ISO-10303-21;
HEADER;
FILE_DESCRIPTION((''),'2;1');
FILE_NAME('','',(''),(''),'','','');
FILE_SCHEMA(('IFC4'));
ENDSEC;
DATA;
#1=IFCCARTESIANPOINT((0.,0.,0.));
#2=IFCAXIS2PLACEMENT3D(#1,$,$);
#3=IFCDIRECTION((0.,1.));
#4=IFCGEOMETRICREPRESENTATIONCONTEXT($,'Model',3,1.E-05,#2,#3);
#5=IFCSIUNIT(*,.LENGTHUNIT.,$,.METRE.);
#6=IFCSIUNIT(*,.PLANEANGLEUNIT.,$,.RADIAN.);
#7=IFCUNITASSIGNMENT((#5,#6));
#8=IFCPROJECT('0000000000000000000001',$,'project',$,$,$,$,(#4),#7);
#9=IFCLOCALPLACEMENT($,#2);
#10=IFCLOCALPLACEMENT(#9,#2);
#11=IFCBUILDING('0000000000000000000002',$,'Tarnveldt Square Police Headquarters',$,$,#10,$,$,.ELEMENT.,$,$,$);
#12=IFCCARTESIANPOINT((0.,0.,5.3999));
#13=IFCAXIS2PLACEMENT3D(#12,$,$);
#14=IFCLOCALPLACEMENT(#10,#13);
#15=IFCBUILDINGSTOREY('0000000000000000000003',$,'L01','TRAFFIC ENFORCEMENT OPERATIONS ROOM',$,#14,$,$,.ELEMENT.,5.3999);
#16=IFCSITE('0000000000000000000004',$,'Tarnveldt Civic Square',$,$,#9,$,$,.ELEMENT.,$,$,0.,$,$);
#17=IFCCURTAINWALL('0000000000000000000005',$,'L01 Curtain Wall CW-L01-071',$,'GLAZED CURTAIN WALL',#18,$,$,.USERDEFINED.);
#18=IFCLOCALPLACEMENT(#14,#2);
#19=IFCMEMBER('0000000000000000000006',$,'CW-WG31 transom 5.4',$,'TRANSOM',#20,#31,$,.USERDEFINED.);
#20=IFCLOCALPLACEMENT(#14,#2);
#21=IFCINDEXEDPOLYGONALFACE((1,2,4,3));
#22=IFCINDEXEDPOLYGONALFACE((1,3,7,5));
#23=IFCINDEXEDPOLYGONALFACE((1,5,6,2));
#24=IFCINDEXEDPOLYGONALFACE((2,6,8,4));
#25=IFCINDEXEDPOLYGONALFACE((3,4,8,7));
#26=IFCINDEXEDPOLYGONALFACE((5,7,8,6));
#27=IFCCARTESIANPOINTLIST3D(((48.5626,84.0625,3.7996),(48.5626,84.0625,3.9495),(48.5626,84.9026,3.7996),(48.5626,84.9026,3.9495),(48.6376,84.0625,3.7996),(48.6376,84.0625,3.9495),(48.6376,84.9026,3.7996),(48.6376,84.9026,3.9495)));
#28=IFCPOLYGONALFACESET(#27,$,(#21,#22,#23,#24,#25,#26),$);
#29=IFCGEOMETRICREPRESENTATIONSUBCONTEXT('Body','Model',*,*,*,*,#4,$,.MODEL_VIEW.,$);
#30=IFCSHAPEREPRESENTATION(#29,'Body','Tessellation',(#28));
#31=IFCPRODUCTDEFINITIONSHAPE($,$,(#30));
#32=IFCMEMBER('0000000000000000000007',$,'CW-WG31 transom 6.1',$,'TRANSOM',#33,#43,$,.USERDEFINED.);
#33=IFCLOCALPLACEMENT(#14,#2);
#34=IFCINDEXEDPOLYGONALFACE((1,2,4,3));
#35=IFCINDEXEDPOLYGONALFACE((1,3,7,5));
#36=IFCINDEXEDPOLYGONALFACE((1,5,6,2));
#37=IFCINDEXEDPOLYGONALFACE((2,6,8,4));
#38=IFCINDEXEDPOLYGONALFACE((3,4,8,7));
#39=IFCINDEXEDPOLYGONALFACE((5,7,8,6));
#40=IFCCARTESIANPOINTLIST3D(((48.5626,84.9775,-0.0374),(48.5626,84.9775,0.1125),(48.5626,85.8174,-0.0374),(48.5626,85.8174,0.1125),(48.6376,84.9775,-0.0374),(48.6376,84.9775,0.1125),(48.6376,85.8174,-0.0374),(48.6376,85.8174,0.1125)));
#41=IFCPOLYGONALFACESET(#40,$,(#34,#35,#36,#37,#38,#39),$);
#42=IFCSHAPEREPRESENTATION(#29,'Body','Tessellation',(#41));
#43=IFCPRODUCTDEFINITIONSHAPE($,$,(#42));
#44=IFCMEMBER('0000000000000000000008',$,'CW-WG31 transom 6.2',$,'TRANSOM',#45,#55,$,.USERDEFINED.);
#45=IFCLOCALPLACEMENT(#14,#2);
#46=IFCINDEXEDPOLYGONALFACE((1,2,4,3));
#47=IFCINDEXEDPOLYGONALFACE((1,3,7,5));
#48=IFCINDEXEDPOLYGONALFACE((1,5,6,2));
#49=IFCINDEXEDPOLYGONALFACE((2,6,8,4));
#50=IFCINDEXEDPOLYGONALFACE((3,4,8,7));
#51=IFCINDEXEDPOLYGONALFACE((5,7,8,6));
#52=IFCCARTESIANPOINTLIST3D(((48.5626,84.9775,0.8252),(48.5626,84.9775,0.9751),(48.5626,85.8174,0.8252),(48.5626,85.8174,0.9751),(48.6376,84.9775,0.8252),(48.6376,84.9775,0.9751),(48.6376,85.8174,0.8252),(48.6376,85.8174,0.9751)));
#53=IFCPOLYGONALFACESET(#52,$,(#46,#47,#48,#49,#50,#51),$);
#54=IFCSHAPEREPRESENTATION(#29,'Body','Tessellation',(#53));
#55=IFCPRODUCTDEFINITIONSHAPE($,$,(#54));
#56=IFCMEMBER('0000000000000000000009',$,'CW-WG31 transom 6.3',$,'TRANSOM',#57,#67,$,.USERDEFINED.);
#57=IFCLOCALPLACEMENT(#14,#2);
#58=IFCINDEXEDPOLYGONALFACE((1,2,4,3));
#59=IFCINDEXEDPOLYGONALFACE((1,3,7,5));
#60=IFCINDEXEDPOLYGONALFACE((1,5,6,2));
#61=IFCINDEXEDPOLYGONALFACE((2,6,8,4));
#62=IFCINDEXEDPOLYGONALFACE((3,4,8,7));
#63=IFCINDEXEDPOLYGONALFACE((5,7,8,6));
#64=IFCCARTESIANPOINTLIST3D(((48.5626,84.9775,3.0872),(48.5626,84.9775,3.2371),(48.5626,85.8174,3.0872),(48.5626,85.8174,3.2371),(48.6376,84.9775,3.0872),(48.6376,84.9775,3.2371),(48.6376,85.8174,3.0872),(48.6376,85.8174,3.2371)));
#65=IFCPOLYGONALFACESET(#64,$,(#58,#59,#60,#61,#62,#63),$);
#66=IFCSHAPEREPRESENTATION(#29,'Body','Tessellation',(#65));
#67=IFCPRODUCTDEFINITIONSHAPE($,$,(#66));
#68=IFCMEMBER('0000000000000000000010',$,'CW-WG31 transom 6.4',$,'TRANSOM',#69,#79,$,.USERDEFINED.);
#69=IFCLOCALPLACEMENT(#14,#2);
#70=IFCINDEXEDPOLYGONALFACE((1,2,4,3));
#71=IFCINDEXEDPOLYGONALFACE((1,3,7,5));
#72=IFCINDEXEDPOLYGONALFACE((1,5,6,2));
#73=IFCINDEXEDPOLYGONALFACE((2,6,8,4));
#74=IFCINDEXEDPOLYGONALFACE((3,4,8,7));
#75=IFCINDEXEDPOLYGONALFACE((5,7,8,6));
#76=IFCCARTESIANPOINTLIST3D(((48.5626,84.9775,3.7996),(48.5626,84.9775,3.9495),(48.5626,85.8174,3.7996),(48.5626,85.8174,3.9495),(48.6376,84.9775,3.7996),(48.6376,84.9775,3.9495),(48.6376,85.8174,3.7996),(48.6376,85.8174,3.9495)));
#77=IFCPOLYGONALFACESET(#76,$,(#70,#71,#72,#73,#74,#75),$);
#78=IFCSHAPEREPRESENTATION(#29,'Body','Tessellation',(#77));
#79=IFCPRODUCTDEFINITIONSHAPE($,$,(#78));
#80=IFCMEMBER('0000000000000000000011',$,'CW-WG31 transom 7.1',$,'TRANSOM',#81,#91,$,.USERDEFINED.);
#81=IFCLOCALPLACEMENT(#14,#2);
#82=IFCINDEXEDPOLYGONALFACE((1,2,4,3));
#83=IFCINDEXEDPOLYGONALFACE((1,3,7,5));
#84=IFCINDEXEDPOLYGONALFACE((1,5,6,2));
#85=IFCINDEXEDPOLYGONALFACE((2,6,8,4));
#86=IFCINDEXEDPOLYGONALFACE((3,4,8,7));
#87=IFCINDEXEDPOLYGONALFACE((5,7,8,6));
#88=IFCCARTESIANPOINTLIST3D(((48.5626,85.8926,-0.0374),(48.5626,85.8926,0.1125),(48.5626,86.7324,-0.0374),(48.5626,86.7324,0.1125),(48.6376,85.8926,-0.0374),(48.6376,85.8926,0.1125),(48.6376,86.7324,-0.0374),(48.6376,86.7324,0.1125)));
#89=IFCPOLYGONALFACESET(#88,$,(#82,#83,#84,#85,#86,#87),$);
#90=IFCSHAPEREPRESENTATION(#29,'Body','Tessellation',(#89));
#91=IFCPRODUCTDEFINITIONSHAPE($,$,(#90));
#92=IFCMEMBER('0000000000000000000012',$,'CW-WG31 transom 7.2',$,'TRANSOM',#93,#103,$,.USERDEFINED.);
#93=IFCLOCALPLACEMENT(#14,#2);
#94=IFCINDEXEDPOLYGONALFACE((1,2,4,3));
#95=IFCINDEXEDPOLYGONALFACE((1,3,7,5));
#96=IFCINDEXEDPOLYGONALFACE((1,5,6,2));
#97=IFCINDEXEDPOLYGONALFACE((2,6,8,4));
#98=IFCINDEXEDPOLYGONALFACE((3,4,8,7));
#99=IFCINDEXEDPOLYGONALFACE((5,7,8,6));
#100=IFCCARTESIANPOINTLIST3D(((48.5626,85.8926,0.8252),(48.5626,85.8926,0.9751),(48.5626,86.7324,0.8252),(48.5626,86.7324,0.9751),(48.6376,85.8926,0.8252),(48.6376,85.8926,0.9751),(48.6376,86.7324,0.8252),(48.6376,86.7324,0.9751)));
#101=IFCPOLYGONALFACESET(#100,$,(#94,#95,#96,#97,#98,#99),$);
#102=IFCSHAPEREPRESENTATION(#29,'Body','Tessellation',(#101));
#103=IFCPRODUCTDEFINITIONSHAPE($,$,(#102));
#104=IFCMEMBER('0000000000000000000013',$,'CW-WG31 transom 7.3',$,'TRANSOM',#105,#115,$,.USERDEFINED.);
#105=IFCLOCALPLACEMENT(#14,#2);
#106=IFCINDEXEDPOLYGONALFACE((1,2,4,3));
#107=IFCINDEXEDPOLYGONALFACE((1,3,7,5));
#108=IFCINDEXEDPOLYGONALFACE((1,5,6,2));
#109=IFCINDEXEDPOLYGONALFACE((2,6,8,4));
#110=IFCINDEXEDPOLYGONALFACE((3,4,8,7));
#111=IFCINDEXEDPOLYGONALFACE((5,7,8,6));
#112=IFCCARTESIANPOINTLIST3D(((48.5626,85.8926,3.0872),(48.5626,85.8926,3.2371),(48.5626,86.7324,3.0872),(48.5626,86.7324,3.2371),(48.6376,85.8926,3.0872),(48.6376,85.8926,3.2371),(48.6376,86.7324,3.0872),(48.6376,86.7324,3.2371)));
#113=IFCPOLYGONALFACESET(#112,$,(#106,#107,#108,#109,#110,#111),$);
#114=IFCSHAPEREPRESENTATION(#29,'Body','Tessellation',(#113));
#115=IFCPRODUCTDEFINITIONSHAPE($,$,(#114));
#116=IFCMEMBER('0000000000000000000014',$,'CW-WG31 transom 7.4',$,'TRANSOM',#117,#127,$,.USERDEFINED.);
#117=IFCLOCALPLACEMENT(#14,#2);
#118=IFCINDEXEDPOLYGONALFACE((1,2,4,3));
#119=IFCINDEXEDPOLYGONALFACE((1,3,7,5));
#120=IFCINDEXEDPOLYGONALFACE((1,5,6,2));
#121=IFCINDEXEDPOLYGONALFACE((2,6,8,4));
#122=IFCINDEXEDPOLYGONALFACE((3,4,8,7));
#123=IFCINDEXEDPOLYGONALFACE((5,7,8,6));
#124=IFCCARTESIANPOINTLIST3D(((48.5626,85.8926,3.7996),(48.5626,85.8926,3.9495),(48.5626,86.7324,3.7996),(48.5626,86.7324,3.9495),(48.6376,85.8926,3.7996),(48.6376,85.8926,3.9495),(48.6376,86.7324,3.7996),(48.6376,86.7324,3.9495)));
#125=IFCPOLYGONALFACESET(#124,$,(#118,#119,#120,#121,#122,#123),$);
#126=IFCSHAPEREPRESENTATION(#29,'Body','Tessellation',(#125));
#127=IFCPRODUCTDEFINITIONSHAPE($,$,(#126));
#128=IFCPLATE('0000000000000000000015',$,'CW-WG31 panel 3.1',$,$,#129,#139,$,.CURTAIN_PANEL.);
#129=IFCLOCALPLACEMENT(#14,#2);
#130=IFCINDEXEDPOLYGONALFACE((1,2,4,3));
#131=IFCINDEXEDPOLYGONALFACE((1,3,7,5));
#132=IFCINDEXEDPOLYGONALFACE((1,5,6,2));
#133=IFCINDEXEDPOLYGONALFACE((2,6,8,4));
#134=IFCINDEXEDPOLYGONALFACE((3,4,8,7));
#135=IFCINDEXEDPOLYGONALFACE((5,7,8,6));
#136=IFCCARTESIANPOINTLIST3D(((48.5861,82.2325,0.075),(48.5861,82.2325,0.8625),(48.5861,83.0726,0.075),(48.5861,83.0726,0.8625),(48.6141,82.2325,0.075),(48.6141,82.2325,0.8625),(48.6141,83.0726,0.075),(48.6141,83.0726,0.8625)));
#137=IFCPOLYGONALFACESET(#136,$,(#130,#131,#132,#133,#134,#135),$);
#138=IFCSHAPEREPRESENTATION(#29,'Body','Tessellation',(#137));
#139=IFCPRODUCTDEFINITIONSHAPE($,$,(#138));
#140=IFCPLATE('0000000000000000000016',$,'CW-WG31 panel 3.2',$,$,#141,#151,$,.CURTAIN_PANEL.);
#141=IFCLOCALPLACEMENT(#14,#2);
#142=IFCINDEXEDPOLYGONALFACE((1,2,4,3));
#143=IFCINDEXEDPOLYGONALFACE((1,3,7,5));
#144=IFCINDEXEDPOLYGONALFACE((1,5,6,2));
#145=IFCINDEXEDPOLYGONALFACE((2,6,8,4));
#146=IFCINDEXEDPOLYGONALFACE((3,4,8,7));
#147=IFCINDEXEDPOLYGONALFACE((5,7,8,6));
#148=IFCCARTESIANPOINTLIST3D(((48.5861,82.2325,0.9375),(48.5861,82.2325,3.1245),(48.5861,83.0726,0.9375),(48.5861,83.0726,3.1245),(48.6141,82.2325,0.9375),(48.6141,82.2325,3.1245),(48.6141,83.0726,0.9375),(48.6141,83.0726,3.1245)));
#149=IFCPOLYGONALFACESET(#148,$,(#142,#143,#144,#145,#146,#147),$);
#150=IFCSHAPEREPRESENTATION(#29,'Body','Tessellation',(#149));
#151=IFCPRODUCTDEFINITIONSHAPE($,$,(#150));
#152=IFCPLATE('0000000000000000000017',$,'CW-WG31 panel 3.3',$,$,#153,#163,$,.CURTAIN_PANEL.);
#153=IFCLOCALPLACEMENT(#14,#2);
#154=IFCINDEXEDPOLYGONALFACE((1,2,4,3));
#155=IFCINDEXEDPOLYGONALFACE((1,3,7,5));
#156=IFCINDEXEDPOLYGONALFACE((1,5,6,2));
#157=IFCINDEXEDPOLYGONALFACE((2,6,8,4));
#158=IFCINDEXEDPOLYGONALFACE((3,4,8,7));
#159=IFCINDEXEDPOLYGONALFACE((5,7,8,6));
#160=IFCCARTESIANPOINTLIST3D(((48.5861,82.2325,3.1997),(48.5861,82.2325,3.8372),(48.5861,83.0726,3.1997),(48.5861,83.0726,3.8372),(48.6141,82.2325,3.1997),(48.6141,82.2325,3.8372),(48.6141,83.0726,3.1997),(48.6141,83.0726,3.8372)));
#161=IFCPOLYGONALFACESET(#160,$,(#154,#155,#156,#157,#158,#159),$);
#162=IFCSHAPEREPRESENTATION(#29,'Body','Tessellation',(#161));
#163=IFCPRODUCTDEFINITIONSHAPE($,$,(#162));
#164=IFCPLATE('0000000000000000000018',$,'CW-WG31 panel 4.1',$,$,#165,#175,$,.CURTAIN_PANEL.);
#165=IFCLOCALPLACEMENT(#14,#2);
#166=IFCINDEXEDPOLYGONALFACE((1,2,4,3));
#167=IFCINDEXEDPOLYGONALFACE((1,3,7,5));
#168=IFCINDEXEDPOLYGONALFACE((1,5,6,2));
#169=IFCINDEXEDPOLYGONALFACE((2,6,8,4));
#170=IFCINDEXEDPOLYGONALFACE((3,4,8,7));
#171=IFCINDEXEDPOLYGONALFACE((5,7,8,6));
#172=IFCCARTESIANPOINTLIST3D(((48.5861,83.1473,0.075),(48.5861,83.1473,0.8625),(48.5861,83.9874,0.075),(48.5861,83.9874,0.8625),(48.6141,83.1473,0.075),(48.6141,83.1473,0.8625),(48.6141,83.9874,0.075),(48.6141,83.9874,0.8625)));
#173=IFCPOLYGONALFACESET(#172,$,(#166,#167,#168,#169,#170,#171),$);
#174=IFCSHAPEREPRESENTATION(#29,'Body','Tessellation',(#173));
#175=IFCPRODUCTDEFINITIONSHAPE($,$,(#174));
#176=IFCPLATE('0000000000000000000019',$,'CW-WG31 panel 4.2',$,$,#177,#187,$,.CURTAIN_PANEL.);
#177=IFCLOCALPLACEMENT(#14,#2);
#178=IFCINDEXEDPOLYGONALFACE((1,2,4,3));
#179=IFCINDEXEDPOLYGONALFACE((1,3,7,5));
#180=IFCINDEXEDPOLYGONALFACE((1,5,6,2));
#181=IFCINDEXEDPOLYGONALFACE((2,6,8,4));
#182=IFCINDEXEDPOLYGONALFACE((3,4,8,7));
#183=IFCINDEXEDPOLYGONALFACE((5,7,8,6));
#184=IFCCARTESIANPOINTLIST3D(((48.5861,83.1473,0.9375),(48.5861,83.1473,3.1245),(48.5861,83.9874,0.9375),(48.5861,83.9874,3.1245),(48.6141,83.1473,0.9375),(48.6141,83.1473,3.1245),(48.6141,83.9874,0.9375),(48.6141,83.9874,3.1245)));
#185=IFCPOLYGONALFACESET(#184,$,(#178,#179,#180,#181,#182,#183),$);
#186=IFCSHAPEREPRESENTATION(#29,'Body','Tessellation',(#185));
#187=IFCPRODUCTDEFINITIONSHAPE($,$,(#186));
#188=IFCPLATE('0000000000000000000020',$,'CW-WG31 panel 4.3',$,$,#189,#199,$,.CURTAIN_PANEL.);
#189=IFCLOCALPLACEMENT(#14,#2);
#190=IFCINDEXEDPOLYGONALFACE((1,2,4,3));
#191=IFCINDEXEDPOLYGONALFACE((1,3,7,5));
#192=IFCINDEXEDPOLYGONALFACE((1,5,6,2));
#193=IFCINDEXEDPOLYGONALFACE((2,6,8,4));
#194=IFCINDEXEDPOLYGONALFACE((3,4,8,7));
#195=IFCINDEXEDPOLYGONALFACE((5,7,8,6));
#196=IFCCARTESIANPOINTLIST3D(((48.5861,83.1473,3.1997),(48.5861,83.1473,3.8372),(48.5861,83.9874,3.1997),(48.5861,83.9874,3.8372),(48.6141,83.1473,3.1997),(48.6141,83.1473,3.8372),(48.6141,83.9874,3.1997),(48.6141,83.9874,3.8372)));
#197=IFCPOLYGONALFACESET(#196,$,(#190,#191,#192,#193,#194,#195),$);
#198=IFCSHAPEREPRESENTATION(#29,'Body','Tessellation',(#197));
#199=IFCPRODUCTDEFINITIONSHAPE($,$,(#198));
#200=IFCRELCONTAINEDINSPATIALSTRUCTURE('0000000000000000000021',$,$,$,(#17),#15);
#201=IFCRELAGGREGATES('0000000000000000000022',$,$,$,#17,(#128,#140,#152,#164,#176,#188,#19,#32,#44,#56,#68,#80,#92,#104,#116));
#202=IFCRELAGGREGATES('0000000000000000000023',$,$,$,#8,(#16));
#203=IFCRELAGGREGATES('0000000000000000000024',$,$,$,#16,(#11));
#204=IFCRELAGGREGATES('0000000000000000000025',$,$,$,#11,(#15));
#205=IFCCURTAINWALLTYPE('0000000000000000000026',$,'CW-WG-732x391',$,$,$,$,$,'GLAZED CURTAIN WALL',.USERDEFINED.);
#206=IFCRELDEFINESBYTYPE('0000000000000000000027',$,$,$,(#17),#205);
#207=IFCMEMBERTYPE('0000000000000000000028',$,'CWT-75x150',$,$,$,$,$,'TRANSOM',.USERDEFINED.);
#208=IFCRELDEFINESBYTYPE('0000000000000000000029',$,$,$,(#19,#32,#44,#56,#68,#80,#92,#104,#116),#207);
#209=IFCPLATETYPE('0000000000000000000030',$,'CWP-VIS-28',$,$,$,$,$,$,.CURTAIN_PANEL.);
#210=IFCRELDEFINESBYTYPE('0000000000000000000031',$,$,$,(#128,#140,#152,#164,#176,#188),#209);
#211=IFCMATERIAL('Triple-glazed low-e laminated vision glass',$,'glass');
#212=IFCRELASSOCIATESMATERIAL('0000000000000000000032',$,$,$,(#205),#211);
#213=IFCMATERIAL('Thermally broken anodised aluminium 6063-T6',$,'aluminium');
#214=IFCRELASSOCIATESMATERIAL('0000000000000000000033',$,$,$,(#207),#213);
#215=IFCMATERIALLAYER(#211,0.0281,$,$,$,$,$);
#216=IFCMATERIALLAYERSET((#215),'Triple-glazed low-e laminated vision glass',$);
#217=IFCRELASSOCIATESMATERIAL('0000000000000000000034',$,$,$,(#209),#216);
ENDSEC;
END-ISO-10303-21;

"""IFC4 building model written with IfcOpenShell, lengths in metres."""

from ifc_helpers import new_model, si_unit, direction, frame, origin, origin_2d, place, context, subcontext, project, spatial, rectangle, extrude, material, layer, layer_set, material_profile, profile_set, type_object, element, aggregate, save


model = new_model("IFC4")

# Units and contexts
model_context = context("Model", 3, precision=1e-05, world=origin(), true_north=direction((0.0, 1.0)))
body_context = subcontext(model_context, "Body", "Model", "MODEL_VIEW")
ifc_project = project(units=[si_unit("LENGTHUNIT", "METRE"), si_unit("PLANEANGLEUNIT", "RADIAN")], contexts=[model_context])

# Site, building, storey
site_placement = place(None, origin())
site = spatial("IfcSite", under=ifc_project, at=site_placement, Name="Tarnveldt Civic Square", CompositionType="ELEMENT", RefElevation=0.0)
building_placement = place(site_placement, origin())
building = spatial("IfcBuilding", under=site, at=building_placement, Name="Tarnveldt Square Police Headquarters", CompositionType="ELEMENT")
storey_placement = place(building_placement, frame((0.0, 0.0, 5.3999)))
storey = spatial("IfcBuildingStorey", under=building, at=storey_placement, Name="L01", Description="TRAFFIC ENFORCEMENT OPERATIONS ROOM", CompositionType="ELEMENT", Elevation=5.3999)

# Curtain wall, members, plates
ifc_material_1 = material(Name="Triple-glazed low-e laminated vision glass", Category="glass")
curtain_wall_type = type_object("IfcCurtainWallType", Name="CW-WG-732x391", ElementType="GLAZED CURTAIN WALL", PredefinedType="USERDEFINED", material=ifc_material_1)
curtain_wall_placement = place(storey_placement, origin())
curtain_wall = element("IfcCurtainWall", 1, at=curtain_wall_placement, inside=storey, type_object=curtain_wall_type, Name="L01 Curtain Wall CW-L01-071", ObjectType="GLAZED CURTAIN WALL", PredefinedType="USERDEFINED")
ifc_material_2 = material(Name="Thermally broken anodised aluminium 6063-T6", Category="aluminium")
ifc_material_profile_1 = material_profile(ifc_material_2, rectangle(XDim=0.075, YDim=0.1499, at=origin_2d()), Name="CW-T75x150")
ifc_profile_set_1 = profile_set([ifc_material_profile_1], Name="Thermally broken anodised aluminium 6063-T6")
member_type_1 = type_object("IfcMemberType", Name="CWT-75x150", ElementType="TRANSOM", PredefinedType="USERDEFINED", material=ifc_profile_set_1)
member_1_placement = place(storey_placement, frame((48.6001, 84.0625, 3.8745), z_axis=(0.0, 1.0, 0.0), x_axis=(-1.0, 0.0, 0.0)))
member_1 = element("IfcMember", 2, at=member_1_placement, type_object=member_type_1, Name="CW-WG31 transom 5.4", ObjectType="TRANSOM", PredefinedType="USERDEFINED", context=body_context, shape_type="SweptSolid", body=[
    extrude(rectangle(XDim=0.075, YDim=0.1499, at=origin_2d()), origin(), (0.0, 0.0, 1.0), 0.8401),
])
member_2_placement = place(storey_placement, frame((48.6001, 84.9775, 0.0376), z_axis=(0.0, 1.0, 0.0), x_axis=(-1.0, 0.0, 0.0)))
member_2 = element("IfcMember", 3, at=member_2_placement, type_object=member_type_1, Name="CW-WG31 transom 6.1", ObjectType="TRANSOM", PredefinedType="USERDEFINED", context=body_context, shape_type="SweptSolid", body=[
    extrude(rectangle(XDim=0.075, YDim=0.1499, at=origin_2d()), origin(), (0.0, 0.0, 1.0), 0.8398),
])
member_3_placement = place(storey_placement, frame((48.6001, 84.9775, 0.9001), z_axis=(0.0, 1.0, 0.0), x_axis=(-1.0, 0.0, 0.0)))
member_3 = element("IfcMember", 4, at=member_3_placement, type_object=member_type_1, Name="CW-WG31 transom 6.2", ObjectType="TRANSOM", PredefinedType="USERDEFINED", context=body_context, shape_type="SweptSolid", body=[
    extrude(rectangle(XDim=0.075, YDim=0.1499, at=origin_2d()), origin(), (0.0, 0.0, 1.0), 0.8398),
])
member_4_placement = place(storey_placement, frame((48.6001, 84.9775, 3.1621), z_axis=(0.0, 1.0, 0.0), x_axis=(-1.0, 0.0, 0.0)))
member_4 = element("IfcMember", 5, at=member_4_placement, type_object=member_type_1, Name="CW-WG31 transom 6.3", ObjectType="TRANSOM", PredefinedType="USERDEFINED", context=body_context, shape_type="SweptSolid", body=[
    extrude(rectangle(XDim=0.075, YDim=0.1499, at=origin_2d()), origin(), (0.0, 0.0, 1.0), 0.8398),
])
member_5_placement = place(storey_placement, frame((48.6001, 84.9775, 3.8745), z_axis=(0.0, 1.0, 0.0), x_axis=(-1.0, 0.0, 0.0)))
member_5 = element("IfcMember", 6, at=member_5_placement, type_object=member_type_1, Name="CW-WG31 transom 6.4", ObjectType="TRANSOM", PredefinedType="USERDEFINED", context=body_context, shape_type="SweptSolid", body=[
    extrude(rectangle(XDim=0.075, YDim=0.1499, at=origin_2d()), origin(), (0.0, 0.0, 1.0), 0.8398),
])
member_6_placement = place(storey_placement, frame((48.6001, 85.8926, 0.0376), z_axis=(0.0, 1.0, 0.0), x_axis=(-1.0, 0.0, 0.0)))
member_6 = element("IfcMember", 7, at=member_6_placement, type_object=member_type_1, Name="CW-WG31 transom 7.1", ObjectType="TRANSOM", PredefinedType="USERDEFINED", context=body_context, shape_type="SweptSolid", body=[
    extrude(rectangle(XDim=0.075, YDim=0.1499, at=origin_2d()), origin(), (0.0, 0.0, 1.0), 0.8398),
])
member_7_placement = place(storey_placement, frame((48.6001, 85.8926, 0.9001), z_axis=(0.0, 1.0, 0.0), x_axis=(-1.0, 0.0, 0.0)))
member_7 = element("IfcMember", 8, at=member_7_placement, type_object=member_type_1, Name="CW-WG31 transom 7.2", ObjectType="TRANSOM", PredefinedType="USERDEFINED", context=body_context, shape_type="SweptSolid", body=[
    extrude(rectangle(XDim=0.075, YDim=0.1499, at=origin_2d()), origin(), (0.0, 0.0, 1.0), 0.8398),
])
member_8_placement = place(storey_placement, frame((48.6001, 85.8926, 3.1621), z_axis=(0.0, 1.0, 0.0), x_axis=(-1.0, 0.0, 0.0)))
member_8 = element("IfcMember", 9, at=member_8_placement, type_object=member_type_1, Name="CW-WG31 transom 7.3", ObjectType="TRANSOM", PredefinedType="USERDEFINED", context=body_context, shape_type="SweptSolid", body=[
    extrude(rectangle(XDim=0.075, YDim=0.1499, at=origin_2d()), origin(), (0.0, 0.0, 1.0), 0.8398),
])
member_9_placement = place(storey_placement, frame((48.6001, 85.8926, 3.8745), z_axis=(0.0, 1.0, 0.0), x_axis=(-1.0, 0.0, 0.0)))
member_9 = element("IfcMember", 10, at=member_9_placement, type_object=member_type_1, Name="CW-WG31 transom 7.4", ObjectType="TRANSOM", PredefinedType="USERDEFINED", context=body_context, shape_type="SweptSolid", body=[
    extrude(rectangle(XDim=0.075, YDim=0.1499, at=origin_2d()), origin(), (0.0, 0.0, 1.0), 0.8398),
])
ifc_layer = layer(ifc_material_1, 0.0281)
ifc_layer_set = layer_set([ifc_layer], Name="Triple-glazed low-e laminated vision glass")
plate_type = type_object("IfcPlateType", Name="CWP-VIS-28", PredefinedType="CURTAIN_PANEL", material=ifc_layer_set)
plate_1_placement = place(storey_placement, frame((48.6001, 82.6526, 0.075), z_axis=(0.0, 0.0, 1.0), x_axis=(0.0, 1.0, 0.0)))
plate_1 = element("IfcPlate", 11, at=plate_1_placement, type_object=plate_type, Name="CW-WG31 panel 3.1", PredefinedType="CURTAIN_PANEL", context=body_context, shape_type="SweptSolid", body=[
    extrude(rectangle(XDim=0.8401, YDim=0.0281, at=origin_2d()), origin(), (0.0, 0.0, 1.0), 0.7876),
])
plate_2_placement = place(storey_placement, frame((48.6001, 82.6526, 0.9375), z_axis=(0.0, 0.0, 1.0), x_axis=(0.0, 1.0, 0.0)))
plate_2 = element("IfcPlate", 12, at=plate_2_placement, type_object=plate_type, Name="CW-WG31 panel 3.2", PredefinedType="CURTAIN_PANEL", context=body_context, shape_type="SweptSolid", body=[
    extrude(rectangle(XDim=0.8401, YDim=0.0281, at=origin_2d()), origin(), (0.0, 0.0, 1.0), 2.187),
])
plate_3_placement = place(storey_placement, frame((48.6001, 82.6526, 3.1997), z_axis=(0.0, 0.0, 1.0), x_axis=(0.0, 1.0, 0.0)))
plate_3 = element("IfcPlate", 13, at=plate_3_placement, type_object=plate_type, Name="CW-WG31 panel 3.3", PredefinedType="CURTAIN_PANEL", context=body_context, shape_type="SweptSolid", body=[
    extrude(rectangle(XDim=0.8401, YDim=0.0281, at=origin_2d()), origin(), (0.0, 0.0, 1.0), 0.6375),
])
plate_4_placement = place(storey_placement, frame((48.6001, 83.5674, 0.075), z_axis=(0.0, 0.0, 1.0), x_axis=(0.0, 1.0, 0.0)))
plate_4 = element("IfcPlate", 14, at=plate_4_placement, type_object=plate_type, Name="CW-WG31 panel 4.1", PredefinedType="CURTAIN_PANEL", context=body_context, shape_type="SweptSolid", body=[
    extrude(rectangle(XDim=0.8401, YDim=0.0281, at=origin_2d()), origin(), (0.0, 0.0, 1.0), 0.7876),
])
plate_5_placement = place(storey_placement, frame((48.6001, 83.5674, 0.9375), z_axis=(0.0, 0.0, 1.0), x_axis=(0.0, 1.0, 0.0)))
plate_5 = element("IfcPlate", 15, at=plate_5_placement, type_object=plate_type, Name="CW-WG31 panel 4.2", PredefinedType="CURTAIN_PANEL", context=body_context, shape_type="SweptSolid", body=[
    extrude(rectangle(XDim=0.8401, YDim=0.0281, at=origin_2d()), origin(), (0.0, 0.0, 1.0), 2.187),
])
plate_6_placement = place(storey_placement, frame((48.6001, 83.5674, 3.1997), z_axis=(0.0, 0.0, 1.0), x_axis=(0.0, 1.0, 0.0)))
plate_6 = element("IfcPlate", 16, at=plate_6_placement, type_object=plate_type, Name="CW-WG31 panel 4.3", PredefinedType="CURTAIN_PANEL", context=body_context, shape_type="SweptSolid", body=[
    extrude(rectangle(XDim=0.8401, YDim=0.0281, at=origin_2d()), origin(), (0.0, 0.0, 1.0), 0.6375),
])
aggregate(curtain_wall, [plate_1, plate_2, plate_3, plate_4, plate_5, plate_6, member_1, member_2, member_3, member_4, member_5, member_6, member_7, member_8, member_9])

save(model, "model.ifc")
